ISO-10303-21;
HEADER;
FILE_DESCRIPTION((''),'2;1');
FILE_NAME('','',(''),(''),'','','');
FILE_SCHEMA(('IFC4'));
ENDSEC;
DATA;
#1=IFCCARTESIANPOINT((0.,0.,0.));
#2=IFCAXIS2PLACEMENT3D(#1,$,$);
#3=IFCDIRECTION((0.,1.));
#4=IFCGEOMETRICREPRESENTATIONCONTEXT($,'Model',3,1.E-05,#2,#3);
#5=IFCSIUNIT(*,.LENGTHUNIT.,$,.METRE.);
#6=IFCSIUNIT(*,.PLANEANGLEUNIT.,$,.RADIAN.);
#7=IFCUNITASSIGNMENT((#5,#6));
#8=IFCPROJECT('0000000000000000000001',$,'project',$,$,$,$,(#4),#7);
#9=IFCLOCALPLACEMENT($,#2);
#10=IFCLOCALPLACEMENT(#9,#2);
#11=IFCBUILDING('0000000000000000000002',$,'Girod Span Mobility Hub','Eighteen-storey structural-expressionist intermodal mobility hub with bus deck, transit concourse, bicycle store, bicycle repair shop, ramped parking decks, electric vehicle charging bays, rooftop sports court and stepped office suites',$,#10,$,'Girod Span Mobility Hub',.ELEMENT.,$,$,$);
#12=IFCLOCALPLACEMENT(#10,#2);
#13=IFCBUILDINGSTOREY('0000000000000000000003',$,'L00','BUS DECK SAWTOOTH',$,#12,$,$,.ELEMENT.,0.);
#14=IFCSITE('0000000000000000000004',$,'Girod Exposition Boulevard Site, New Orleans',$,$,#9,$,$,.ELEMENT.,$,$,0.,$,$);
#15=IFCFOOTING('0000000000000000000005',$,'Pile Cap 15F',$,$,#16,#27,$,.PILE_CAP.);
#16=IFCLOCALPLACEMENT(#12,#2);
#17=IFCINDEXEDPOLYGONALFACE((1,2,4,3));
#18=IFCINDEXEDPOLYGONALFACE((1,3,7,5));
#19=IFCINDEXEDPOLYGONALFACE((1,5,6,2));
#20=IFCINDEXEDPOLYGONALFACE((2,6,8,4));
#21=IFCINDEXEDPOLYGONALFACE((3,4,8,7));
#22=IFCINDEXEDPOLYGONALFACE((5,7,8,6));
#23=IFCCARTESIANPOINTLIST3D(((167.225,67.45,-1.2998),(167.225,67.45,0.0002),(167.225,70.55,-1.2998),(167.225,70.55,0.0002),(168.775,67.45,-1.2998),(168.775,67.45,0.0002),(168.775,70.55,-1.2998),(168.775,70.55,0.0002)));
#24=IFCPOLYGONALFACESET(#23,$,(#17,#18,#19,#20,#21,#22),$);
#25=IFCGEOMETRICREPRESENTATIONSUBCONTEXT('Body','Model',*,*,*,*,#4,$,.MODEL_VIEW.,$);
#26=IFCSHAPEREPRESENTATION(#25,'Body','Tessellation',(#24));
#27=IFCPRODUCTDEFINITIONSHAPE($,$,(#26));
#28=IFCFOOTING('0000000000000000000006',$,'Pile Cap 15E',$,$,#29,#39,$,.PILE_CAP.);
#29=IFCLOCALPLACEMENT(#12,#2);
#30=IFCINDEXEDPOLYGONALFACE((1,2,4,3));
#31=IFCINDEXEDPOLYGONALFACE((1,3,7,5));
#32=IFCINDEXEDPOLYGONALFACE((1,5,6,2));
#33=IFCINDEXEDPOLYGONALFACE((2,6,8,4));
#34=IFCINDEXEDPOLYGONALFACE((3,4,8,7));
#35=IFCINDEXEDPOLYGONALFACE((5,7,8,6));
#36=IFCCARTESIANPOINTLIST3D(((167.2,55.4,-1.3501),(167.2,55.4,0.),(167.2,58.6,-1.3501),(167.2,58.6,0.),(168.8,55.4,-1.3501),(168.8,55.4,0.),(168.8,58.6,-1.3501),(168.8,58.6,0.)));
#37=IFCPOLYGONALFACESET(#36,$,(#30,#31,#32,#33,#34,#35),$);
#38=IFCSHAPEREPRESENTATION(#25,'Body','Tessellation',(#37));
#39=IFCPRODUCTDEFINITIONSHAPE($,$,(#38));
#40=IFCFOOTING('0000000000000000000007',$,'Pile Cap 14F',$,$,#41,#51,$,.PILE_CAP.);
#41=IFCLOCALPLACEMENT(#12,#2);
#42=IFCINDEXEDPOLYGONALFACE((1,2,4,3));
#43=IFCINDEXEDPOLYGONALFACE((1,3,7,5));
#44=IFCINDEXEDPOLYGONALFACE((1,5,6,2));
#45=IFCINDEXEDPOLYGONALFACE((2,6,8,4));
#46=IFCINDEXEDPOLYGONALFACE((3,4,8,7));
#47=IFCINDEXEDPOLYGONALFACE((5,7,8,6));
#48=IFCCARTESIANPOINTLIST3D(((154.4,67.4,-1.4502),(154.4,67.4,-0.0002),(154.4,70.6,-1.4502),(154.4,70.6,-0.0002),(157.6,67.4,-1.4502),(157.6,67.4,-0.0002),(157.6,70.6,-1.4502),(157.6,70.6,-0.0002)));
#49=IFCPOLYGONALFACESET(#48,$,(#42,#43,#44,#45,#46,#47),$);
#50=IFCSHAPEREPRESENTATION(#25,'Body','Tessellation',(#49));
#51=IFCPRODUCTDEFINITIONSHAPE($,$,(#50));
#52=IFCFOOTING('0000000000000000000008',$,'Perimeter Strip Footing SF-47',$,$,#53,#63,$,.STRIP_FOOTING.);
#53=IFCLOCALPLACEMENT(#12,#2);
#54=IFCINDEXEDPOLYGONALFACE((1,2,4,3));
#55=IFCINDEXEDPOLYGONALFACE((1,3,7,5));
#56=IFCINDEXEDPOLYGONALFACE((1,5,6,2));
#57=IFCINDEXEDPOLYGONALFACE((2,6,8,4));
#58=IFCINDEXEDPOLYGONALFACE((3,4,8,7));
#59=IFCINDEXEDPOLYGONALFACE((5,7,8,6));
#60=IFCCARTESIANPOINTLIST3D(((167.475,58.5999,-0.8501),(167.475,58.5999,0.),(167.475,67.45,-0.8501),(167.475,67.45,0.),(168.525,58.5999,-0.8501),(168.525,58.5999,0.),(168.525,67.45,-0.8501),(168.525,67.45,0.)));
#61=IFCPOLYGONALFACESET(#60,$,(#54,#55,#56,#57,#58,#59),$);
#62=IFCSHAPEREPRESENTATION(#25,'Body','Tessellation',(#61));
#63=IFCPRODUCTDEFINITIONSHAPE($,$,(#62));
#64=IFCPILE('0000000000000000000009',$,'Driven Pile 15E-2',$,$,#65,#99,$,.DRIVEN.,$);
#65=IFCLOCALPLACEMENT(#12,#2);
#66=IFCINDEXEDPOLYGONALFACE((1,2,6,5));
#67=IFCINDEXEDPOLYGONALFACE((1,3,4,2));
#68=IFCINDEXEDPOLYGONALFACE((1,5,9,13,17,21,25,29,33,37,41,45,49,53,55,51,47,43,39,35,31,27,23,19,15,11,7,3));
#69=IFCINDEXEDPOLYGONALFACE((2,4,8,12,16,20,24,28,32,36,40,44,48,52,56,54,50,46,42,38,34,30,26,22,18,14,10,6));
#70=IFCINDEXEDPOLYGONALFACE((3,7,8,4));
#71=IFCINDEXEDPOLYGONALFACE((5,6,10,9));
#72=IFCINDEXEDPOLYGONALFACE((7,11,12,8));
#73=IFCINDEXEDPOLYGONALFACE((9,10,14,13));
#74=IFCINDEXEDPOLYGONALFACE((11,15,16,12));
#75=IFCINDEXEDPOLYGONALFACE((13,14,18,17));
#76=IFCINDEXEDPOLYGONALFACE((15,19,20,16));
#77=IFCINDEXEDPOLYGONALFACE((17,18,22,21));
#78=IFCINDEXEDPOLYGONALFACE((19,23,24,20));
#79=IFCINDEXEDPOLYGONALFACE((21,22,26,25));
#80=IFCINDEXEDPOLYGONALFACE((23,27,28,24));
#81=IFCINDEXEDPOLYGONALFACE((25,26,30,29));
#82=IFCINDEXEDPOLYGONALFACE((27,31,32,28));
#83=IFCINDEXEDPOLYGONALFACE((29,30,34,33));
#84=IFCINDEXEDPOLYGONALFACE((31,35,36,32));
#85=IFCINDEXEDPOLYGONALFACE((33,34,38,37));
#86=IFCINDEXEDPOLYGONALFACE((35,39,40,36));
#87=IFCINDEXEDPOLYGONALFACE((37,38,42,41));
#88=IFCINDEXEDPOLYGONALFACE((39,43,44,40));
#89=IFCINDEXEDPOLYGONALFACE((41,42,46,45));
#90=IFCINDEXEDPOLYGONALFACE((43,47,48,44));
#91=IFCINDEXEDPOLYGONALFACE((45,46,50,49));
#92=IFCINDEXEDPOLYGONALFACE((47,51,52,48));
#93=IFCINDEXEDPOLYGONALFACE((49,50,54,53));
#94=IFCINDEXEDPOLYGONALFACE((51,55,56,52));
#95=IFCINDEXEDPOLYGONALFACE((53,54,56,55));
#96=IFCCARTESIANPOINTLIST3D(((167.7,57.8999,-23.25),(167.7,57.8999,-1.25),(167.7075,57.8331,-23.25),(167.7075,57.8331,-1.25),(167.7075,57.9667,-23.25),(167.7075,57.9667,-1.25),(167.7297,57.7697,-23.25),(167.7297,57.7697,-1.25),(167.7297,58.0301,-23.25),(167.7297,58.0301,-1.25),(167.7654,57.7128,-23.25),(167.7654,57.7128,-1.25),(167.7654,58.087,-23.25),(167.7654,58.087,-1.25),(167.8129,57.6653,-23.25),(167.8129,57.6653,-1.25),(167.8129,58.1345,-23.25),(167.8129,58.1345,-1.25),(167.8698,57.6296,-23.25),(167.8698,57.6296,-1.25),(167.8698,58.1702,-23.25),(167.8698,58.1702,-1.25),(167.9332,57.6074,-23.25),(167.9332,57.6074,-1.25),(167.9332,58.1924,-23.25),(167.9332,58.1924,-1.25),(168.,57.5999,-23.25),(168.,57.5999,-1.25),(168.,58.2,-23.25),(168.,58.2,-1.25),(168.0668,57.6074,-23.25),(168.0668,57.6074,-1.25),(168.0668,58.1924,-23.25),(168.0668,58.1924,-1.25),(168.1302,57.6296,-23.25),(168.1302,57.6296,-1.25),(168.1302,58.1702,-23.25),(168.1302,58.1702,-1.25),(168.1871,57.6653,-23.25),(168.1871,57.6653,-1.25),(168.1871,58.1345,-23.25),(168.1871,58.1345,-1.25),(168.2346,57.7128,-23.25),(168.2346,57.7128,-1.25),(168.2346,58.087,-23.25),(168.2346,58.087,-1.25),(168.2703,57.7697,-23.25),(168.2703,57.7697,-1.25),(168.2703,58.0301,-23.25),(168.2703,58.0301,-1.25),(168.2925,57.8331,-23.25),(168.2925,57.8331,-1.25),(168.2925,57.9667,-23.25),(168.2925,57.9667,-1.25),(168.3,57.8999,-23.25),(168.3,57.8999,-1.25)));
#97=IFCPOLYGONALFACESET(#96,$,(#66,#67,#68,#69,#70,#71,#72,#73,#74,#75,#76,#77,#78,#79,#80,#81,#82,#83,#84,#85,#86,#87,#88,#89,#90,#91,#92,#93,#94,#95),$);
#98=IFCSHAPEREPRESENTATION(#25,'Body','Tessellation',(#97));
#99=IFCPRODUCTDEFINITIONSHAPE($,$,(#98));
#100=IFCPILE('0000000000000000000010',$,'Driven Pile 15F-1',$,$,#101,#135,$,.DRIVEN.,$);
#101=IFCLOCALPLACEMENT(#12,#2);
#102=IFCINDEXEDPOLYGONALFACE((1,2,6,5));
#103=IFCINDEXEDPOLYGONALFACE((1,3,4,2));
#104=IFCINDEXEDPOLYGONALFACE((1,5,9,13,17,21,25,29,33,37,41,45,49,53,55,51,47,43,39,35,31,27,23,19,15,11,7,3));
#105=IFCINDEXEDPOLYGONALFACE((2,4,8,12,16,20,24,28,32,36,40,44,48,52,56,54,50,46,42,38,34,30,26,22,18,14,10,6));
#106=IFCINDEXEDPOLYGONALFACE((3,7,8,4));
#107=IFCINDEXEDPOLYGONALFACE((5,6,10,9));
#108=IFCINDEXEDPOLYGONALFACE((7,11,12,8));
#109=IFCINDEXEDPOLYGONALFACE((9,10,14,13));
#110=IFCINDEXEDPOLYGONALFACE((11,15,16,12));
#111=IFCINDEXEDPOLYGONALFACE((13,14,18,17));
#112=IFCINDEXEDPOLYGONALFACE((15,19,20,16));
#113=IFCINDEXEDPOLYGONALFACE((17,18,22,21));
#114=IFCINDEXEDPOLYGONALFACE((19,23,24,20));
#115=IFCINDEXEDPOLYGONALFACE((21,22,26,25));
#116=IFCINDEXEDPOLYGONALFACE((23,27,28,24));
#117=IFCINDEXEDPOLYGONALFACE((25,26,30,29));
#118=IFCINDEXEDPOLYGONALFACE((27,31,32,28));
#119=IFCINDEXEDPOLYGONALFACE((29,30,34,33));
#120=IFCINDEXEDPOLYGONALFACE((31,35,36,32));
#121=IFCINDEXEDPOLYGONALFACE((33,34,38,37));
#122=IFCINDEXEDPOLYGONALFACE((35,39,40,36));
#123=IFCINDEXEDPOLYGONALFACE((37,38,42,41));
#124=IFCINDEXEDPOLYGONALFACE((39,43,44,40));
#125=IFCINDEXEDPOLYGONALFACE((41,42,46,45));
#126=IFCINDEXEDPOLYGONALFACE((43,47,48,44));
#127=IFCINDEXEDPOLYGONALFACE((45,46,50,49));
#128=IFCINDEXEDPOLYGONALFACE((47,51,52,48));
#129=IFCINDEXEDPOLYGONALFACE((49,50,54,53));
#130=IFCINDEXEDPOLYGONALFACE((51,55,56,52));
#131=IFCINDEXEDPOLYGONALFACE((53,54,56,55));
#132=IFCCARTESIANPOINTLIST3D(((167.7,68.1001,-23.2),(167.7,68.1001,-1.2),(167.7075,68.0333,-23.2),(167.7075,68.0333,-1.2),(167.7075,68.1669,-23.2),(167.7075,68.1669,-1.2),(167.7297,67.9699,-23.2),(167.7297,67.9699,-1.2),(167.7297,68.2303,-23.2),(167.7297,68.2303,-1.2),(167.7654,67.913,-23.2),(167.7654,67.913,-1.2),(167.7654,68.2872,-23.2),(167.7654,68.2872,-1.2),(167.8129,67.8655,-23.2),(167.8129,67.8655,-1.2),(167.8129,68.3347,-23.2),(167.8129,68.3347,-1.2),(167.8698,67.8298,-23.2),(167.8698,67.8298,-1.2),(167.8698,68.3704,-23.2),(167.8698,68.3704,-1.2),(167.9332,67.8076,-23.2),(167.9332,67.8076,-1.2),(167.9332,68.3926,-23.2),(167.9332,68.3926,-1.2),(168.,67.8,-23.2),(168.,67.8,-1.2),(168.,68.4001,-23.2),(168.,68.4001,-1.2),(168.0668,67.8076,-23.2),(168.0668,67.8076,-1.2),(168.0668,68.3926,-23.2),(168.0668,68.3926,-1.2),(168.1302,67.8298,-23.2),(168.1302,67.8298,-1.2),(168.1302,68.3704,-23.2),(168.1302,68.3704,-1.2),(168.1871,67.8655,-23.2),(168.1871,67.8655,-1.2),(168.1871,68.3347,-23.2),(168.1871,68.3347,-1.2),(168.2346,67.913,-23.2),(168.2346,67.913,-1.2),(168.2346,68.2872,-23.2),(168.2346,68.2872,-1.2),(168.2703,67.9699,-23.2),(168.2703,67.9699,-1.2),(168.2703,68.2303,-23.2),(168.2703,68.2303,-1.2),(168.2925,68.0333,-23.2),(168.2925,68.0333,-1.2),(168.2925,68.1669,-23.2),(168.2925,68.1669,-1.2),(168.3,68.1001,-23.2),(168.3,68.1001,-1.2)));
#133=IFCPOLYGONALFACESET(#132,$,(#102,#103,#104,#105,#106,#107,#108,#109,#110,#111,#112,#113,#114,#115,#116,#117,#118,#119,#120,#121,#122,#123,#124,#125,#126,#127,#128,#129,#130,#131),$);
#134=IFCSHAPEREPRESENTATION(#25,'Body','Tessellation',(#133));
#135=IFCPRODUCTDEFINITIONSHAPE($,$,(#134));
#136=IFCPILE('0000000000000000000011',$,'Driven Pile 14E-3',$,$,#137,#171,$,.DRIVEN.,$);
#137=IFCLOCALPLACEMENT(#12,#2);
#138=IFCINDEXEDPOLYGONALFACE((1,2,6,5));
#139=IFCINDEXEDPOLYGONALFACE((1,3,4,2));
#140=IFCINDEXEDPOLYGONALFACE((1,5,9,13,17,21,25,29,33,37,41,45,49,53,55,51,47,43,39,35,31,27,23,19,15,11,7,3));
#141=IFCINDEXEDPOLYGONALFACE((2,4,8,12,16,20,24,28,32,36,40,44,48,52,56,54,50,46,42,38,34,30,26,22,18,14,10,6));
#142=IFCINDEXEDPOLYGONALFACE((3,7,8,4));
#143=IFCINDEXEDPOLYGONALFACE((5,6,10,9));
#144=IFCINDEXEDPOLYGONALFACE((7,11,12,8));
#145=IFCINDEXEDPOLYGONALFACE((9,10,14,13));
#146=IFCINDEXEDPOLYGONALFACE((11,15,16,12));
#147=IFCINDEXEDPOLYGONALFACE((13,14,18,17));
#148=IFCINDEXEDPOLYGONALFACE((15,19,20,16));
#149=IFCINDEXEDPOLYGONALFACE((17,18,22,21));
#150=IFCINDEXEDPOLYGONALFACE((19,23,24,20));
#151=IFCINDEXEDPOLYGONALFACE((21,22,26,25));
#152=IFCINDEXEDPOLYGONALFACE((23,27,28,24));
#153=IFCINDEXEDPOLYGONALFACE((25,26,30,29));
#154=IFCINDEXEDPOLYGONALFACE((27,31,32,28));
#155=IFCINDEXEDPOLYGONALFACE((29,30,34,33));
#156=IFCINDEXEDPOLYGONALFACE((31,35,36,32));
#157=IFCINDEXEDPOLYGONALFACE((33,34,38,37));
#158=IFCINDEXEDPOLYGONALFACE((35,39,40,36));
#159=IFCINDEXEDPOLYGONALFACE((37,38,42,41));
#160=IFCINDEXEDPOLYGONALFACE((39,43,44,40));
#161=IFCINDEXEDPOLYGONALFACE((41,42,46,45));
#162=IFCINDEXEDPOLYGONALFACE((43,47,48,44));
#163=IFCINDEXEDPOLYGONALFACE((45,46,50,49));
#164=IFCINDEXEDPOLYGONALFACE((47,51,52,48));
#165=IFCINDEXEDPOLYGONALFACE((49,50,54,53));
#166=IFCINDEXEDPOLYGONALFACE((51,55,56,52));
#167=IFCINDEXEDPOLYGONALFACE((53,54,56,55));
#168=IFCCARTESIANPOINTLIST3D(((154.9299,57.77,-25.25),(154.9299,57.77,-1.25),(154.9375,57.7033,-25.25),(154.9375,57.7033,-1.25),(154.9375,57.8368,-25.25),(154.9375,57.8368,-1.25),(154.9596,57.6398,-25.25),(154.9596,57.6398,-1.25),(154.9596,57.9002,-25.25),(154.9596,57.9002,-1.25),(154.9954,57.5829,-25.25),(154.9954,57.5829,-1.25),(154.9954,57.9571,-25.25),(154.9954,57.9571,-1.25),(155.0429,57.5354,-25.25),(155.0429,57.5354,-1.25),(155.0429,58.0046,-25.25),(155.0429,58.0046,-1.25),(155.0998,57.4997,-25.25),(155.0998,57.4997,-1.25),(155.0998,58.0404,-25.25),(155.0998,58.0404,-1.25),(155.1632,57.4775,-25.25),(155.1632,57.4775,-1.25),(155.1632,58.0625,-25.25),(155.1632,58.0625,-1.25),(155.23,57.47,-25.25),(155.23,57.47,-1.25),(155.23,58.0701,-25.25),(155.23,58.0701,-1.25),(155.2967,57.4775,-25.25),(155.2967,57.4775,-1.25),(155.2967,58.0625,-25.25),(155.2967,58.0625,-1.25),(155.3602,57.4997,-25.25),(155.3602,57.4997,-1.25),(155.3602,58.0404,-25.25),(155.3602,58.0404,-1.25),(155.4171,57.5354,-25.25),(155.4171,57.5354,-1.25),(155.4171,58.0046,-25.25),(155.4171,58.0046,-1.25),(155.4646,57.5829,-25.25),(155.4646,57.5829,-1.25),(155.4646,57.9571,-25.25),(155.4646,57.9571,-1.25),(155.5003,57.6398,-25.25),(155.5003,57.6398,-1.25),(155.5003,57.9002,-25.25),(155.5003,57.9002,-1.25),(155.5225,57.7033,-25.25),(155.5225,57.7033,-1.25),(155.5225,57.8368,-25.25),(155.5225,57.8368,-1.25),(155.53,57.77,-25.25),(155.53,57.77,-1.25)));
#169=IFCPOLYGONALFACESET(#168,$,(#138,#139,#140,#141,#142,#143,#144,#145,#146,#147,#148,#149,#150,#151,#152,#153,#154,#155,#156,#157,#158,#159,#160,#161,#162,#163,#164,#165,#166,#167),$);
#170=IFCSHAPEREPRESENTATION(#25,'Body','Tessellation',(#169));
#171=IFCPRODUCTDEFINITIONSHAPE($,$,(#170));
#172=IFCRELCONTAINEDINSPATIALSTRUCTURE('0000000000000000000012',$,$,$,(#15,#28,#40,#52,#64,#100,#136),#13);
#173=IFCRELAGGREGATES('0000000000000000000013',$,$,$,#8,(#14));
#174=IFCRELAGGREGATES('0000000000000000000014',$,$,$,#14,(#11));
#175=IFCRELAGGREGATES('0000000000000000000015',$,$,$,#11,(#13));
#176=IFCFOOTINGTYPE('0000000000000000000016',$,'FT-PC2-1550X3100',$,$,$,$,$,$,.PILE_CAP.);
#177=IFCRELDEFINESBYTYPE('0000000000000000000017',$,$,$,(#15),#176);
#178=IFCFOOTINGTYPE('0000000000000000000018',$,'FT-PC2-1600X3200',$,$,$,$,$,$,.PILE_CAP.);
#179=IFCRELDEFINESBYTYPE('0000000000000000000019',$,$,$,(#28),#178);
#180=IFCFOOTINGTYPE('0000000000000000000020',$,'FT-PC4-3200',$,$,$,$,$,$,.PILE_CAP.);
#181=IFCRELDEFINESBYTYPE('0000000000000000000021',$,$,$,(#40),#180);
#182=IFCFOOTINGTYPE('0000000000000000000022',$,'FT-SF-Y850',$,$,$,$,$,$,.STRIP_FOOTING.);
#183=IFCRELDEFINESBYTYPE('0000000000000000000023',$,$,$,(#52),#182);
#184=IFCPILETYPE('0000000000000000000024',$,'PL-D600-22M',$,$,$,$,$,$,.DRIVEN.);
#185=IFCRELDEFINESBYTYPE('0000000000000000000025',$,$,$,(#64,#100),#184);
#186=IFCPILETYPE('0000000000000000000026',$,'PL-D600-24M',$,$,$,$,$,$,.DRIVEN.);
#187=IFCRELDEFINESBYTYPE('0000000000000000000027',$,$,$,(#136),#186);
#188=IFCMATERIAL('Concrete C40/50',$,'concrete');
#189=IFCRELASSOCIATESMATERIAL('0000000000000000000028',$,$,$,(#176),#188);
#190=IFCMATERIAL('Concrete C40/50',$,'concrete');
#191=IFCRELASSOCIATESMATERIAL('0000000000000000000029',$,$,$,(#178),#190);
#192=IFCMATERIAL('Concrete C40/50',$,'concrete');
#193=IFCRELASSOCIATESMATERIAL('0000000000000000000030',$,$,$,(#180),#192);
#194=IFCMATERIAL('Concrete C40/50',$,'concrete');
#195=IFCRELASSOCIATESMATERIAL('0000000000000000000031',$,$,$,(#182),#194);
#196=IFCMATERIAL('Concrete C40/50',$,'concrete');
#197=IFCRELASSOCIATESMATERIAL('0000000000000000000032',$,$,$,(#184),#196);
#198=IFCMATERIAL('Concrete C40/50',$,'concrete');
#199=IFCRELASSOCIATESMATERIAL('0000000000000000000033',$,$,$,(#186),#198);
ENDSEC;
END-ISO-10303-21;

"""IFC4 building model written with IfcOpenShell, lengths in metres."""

from ifc_helpers import new_model, si_unit, direction, frame, origin, origin_2d, place, context, subcontext, project, spatial, rectangle, circle, extrude, material, material_profile, profile_set, type_object, element, save


model = new_model("IFC4")

# Units and contexts
model_context = context("Model", 3, precision=1e-05, world=origin(), true_north=direction((0.0, 1.0)))
body_context = subcontext(model_context, "Body", "Model", "MODEL_VIEW")
ifc_project = project(units=[si_unit("LENGTHUNIT", "METRE"), si_unit("PLANEANGLEUNIT", "RADIAN")], contexts=[model_context])

# Site, building, storey
site_placement = place(None, origin())
site = spatial("IfcSite", under=ifc_project, at=site_placement, Name="Girod Exposition Boulevard Site, New Orleans", CompositionType="ELEMENT", RefElevation=0.0)
building_placement = place(site_placement, origin())
building = spatial("IfcBuilding", under=site, at=building_placement, Name="Girod Span Mobility Hub", Description="Eighteen-storey structural-expressionist intermodal mobility hub with bus deck, transit concourse, bicycle store, bicycle repair shop, ramped parking decks, electric vehicle charging bays, rooftop sports court and stepped office suites", LongName="Girod Span Mobility Hub", CompositionType="ELEMENT")
storey_placement = place(building_placement, origin())
storey = spatial("IfcBuildingStorey", under=building, at=storey_placement, Name="L00", Description="BUS DECK SAWTOOTH", CompositionType="ELEMENT", Elevation=0.0)

# Footings
ifc_material_1 = material(Name="Concrete C40/50", Category="concrete")
footing_type_1 = type_object("IfcFootingType", Name="FT-PC2-1550X3100", PredefinedType="PILE_CAP", material=ifc_material_1)
footing_1_placement = place(storey_placement, frame((168.0, 69.0, -1.2998), z_axis=(0.0, 0.0, 1.0), x_axis=(1.0, 0.0, 0.0)))
element("IfcFooting", 1, at=footing_1_placement, inside=storey, type_object=footing_type_1, Name="Pile Cap 15F", PredefinedType="PILE_CAP", context=body_context, shape_type="SweptSolid", body=[
    extrude(rectangle(XDim=1.55, YDim=3.1001, at=origin_2d()), origin(), (0.0, 0.0, 1.0), 1.3),
])
ifc_material_2 = material(Name="Concrete C40/50", Category="concrete")
footing_type_2 = type_object("IfcFootingType", Name="FT-PC2-1600X3200", PredefinedType="PILE_CAP", material=ifc_material_2)
footing_2_placement = place(storey_placement, frame((168.0, 57.0, -1.3501), z_axis=(0.0, 0.0, 1.0), x_axis=(1.0, 0.0, 0.0)))
element("IfcFooting", 2, at=footing_2_placement, inside=storey, type_object=footing_type_2, Name="Pile Cap 15E", PredefinedType="PILE_CAP", context=body_context, shape_type="SweptSolid", body=[
    extrude(rectangle(XDim=1.6001, YDim=3.2, at=origin_2d()), origin(), (0.0, 0.0, 1.0), 1.3501),
])
ifc_material_3 = material(Name="Concrete C40/50", Category="concrete")
footing_type_3 = type_object("IfcFootingType", Name="FT-PC4-3200", PredefinedType="PILE_CAP", material=ifc_material_3)
footing_3_placement = place(storey_placement, frame((156.0, 69.0, -1.4502), z_axis=(0.0, 0.0, 1.0), x_axis=(1.0, 0.0, 0.0)))
element("IfcFooting", 3, at=footing_3_placement, inside=storey, type_object=footing_type_3, Name="Pile Cap 14F", PredefinedType="PILE_CAP", context=body_context, shape_type="SweptSolid", body=[
    extrude(rectangle(XDim=3.2, YDim=3.2, at=origin_2d()), origin(), (0.0, 0.0, 1.0), 1.45),
])
ifc_material_4 = material(Name="Concrete C40/50", Category="concrete")
footing_type_4 = type_object("IfcFootingType", Name="FT-SF-Y850", PredefinedType="STRIP_FOOTING", material=ifc_material_4)
footing_4_placement = place(storey_placement, frame((168.0, 63.0249, -0.8501), z_axis=(0.0, 0.0, 1.0), x_axis=(1.0, 0.0, 0.0)))
element("IfcFooting", 4, at=footing_4_placement, inside=storey, type_object=footing_type_4, Name="Perimeter Strip Footing SF-47", PredefinedType="STRIP_FOOTING", context=body_context, shape_type="SweptSolid", body=[
    extrude(rectangle(XDim=1.05, YDim=8.8501, at=origin_2d()), origin(), (0.0, 0.0, 1.0), 0.8501),
])

# Piles
ifc_material_5 = material(Name="Concrete C40/50", Category="concrete")
ifc_material_profile_1 = material_profile(ifc_material_5, circle(Radius=0.3, at=origin_2d()), Name="PILE-D600")
ifc_profile_set_1 = profile_set([ifc_material_profile_1], Name="Concrete C40/50")
pile_type_1 = type_object("IfcPileType", Name="PL-D600-22M", PredefinedType="DRIVEN", material=ifc_profile_set_1)
for number, where, z_axis, x_axis, name in (
    (5, (168.0, 57.8999, -1.25), (0.0, 0.0, -1.0), (1.0, 0.0, 0.0), "Driven Pile 15E-2"),
    (6, (168.0, 68.1001, -1.2), (0.0, 0.0, -1.0), (1.0, 0.0, 0.0), "Driven Pile 15F-1"),
):
    element("IfcPile", number, at=place(storey_placement, frame(where, z_axis=z_axis, x_axis=x_axis)), inside=storey, type_object=pile_type_1, Name=name, PredefinedType="DRIVEN", context=body_context, shape_type="SweptSolid", body=[
        extrude(circle(Radius=0.3, at=origin_2d()), origin(), (0.0, 0.0, 1.0), 22.0),
    ])
ifc_material_6 = material(Name="Concrete C40/50", Category="concrete")
ifc_material_profile_2 = material_profile(ifc_material_6, circle(Radius=0.3, at=origin_2d()), Name="PILE-D600")
ifc_profile_set_2 = profile_set([ifc_material_profile_2], Name="Concrete C40/50")
pile_type_2 = type_object("IfcPileType", Name="PL-D600-24M", PredefinedType="DRIVEN", material=ifc_profile_set_2)
for number, where, z_axis, x_axis, name in (
    (7, (155.23, 57.77, -1.25), (0.0, 0.0, -1.0), (1.0, 0.0, 0.0), "Driven Pile 14E-3"),
):
    element("IfcPile", number, at=place(storey_placement, frame(where, z_axis=z_axis, x_axis=x_axis)), inside=storey, type_object=pile_type_2, Name=name, PredefinedType="DRIVEN", context=body_context, shape_type="SweptSolid", body=[
        extrude(circle(Radius=0.3, at=origin_2d()), origin(), (0.0, 0.0, 1.0), 24.0),
    ])

save(model, "model.ifc")
